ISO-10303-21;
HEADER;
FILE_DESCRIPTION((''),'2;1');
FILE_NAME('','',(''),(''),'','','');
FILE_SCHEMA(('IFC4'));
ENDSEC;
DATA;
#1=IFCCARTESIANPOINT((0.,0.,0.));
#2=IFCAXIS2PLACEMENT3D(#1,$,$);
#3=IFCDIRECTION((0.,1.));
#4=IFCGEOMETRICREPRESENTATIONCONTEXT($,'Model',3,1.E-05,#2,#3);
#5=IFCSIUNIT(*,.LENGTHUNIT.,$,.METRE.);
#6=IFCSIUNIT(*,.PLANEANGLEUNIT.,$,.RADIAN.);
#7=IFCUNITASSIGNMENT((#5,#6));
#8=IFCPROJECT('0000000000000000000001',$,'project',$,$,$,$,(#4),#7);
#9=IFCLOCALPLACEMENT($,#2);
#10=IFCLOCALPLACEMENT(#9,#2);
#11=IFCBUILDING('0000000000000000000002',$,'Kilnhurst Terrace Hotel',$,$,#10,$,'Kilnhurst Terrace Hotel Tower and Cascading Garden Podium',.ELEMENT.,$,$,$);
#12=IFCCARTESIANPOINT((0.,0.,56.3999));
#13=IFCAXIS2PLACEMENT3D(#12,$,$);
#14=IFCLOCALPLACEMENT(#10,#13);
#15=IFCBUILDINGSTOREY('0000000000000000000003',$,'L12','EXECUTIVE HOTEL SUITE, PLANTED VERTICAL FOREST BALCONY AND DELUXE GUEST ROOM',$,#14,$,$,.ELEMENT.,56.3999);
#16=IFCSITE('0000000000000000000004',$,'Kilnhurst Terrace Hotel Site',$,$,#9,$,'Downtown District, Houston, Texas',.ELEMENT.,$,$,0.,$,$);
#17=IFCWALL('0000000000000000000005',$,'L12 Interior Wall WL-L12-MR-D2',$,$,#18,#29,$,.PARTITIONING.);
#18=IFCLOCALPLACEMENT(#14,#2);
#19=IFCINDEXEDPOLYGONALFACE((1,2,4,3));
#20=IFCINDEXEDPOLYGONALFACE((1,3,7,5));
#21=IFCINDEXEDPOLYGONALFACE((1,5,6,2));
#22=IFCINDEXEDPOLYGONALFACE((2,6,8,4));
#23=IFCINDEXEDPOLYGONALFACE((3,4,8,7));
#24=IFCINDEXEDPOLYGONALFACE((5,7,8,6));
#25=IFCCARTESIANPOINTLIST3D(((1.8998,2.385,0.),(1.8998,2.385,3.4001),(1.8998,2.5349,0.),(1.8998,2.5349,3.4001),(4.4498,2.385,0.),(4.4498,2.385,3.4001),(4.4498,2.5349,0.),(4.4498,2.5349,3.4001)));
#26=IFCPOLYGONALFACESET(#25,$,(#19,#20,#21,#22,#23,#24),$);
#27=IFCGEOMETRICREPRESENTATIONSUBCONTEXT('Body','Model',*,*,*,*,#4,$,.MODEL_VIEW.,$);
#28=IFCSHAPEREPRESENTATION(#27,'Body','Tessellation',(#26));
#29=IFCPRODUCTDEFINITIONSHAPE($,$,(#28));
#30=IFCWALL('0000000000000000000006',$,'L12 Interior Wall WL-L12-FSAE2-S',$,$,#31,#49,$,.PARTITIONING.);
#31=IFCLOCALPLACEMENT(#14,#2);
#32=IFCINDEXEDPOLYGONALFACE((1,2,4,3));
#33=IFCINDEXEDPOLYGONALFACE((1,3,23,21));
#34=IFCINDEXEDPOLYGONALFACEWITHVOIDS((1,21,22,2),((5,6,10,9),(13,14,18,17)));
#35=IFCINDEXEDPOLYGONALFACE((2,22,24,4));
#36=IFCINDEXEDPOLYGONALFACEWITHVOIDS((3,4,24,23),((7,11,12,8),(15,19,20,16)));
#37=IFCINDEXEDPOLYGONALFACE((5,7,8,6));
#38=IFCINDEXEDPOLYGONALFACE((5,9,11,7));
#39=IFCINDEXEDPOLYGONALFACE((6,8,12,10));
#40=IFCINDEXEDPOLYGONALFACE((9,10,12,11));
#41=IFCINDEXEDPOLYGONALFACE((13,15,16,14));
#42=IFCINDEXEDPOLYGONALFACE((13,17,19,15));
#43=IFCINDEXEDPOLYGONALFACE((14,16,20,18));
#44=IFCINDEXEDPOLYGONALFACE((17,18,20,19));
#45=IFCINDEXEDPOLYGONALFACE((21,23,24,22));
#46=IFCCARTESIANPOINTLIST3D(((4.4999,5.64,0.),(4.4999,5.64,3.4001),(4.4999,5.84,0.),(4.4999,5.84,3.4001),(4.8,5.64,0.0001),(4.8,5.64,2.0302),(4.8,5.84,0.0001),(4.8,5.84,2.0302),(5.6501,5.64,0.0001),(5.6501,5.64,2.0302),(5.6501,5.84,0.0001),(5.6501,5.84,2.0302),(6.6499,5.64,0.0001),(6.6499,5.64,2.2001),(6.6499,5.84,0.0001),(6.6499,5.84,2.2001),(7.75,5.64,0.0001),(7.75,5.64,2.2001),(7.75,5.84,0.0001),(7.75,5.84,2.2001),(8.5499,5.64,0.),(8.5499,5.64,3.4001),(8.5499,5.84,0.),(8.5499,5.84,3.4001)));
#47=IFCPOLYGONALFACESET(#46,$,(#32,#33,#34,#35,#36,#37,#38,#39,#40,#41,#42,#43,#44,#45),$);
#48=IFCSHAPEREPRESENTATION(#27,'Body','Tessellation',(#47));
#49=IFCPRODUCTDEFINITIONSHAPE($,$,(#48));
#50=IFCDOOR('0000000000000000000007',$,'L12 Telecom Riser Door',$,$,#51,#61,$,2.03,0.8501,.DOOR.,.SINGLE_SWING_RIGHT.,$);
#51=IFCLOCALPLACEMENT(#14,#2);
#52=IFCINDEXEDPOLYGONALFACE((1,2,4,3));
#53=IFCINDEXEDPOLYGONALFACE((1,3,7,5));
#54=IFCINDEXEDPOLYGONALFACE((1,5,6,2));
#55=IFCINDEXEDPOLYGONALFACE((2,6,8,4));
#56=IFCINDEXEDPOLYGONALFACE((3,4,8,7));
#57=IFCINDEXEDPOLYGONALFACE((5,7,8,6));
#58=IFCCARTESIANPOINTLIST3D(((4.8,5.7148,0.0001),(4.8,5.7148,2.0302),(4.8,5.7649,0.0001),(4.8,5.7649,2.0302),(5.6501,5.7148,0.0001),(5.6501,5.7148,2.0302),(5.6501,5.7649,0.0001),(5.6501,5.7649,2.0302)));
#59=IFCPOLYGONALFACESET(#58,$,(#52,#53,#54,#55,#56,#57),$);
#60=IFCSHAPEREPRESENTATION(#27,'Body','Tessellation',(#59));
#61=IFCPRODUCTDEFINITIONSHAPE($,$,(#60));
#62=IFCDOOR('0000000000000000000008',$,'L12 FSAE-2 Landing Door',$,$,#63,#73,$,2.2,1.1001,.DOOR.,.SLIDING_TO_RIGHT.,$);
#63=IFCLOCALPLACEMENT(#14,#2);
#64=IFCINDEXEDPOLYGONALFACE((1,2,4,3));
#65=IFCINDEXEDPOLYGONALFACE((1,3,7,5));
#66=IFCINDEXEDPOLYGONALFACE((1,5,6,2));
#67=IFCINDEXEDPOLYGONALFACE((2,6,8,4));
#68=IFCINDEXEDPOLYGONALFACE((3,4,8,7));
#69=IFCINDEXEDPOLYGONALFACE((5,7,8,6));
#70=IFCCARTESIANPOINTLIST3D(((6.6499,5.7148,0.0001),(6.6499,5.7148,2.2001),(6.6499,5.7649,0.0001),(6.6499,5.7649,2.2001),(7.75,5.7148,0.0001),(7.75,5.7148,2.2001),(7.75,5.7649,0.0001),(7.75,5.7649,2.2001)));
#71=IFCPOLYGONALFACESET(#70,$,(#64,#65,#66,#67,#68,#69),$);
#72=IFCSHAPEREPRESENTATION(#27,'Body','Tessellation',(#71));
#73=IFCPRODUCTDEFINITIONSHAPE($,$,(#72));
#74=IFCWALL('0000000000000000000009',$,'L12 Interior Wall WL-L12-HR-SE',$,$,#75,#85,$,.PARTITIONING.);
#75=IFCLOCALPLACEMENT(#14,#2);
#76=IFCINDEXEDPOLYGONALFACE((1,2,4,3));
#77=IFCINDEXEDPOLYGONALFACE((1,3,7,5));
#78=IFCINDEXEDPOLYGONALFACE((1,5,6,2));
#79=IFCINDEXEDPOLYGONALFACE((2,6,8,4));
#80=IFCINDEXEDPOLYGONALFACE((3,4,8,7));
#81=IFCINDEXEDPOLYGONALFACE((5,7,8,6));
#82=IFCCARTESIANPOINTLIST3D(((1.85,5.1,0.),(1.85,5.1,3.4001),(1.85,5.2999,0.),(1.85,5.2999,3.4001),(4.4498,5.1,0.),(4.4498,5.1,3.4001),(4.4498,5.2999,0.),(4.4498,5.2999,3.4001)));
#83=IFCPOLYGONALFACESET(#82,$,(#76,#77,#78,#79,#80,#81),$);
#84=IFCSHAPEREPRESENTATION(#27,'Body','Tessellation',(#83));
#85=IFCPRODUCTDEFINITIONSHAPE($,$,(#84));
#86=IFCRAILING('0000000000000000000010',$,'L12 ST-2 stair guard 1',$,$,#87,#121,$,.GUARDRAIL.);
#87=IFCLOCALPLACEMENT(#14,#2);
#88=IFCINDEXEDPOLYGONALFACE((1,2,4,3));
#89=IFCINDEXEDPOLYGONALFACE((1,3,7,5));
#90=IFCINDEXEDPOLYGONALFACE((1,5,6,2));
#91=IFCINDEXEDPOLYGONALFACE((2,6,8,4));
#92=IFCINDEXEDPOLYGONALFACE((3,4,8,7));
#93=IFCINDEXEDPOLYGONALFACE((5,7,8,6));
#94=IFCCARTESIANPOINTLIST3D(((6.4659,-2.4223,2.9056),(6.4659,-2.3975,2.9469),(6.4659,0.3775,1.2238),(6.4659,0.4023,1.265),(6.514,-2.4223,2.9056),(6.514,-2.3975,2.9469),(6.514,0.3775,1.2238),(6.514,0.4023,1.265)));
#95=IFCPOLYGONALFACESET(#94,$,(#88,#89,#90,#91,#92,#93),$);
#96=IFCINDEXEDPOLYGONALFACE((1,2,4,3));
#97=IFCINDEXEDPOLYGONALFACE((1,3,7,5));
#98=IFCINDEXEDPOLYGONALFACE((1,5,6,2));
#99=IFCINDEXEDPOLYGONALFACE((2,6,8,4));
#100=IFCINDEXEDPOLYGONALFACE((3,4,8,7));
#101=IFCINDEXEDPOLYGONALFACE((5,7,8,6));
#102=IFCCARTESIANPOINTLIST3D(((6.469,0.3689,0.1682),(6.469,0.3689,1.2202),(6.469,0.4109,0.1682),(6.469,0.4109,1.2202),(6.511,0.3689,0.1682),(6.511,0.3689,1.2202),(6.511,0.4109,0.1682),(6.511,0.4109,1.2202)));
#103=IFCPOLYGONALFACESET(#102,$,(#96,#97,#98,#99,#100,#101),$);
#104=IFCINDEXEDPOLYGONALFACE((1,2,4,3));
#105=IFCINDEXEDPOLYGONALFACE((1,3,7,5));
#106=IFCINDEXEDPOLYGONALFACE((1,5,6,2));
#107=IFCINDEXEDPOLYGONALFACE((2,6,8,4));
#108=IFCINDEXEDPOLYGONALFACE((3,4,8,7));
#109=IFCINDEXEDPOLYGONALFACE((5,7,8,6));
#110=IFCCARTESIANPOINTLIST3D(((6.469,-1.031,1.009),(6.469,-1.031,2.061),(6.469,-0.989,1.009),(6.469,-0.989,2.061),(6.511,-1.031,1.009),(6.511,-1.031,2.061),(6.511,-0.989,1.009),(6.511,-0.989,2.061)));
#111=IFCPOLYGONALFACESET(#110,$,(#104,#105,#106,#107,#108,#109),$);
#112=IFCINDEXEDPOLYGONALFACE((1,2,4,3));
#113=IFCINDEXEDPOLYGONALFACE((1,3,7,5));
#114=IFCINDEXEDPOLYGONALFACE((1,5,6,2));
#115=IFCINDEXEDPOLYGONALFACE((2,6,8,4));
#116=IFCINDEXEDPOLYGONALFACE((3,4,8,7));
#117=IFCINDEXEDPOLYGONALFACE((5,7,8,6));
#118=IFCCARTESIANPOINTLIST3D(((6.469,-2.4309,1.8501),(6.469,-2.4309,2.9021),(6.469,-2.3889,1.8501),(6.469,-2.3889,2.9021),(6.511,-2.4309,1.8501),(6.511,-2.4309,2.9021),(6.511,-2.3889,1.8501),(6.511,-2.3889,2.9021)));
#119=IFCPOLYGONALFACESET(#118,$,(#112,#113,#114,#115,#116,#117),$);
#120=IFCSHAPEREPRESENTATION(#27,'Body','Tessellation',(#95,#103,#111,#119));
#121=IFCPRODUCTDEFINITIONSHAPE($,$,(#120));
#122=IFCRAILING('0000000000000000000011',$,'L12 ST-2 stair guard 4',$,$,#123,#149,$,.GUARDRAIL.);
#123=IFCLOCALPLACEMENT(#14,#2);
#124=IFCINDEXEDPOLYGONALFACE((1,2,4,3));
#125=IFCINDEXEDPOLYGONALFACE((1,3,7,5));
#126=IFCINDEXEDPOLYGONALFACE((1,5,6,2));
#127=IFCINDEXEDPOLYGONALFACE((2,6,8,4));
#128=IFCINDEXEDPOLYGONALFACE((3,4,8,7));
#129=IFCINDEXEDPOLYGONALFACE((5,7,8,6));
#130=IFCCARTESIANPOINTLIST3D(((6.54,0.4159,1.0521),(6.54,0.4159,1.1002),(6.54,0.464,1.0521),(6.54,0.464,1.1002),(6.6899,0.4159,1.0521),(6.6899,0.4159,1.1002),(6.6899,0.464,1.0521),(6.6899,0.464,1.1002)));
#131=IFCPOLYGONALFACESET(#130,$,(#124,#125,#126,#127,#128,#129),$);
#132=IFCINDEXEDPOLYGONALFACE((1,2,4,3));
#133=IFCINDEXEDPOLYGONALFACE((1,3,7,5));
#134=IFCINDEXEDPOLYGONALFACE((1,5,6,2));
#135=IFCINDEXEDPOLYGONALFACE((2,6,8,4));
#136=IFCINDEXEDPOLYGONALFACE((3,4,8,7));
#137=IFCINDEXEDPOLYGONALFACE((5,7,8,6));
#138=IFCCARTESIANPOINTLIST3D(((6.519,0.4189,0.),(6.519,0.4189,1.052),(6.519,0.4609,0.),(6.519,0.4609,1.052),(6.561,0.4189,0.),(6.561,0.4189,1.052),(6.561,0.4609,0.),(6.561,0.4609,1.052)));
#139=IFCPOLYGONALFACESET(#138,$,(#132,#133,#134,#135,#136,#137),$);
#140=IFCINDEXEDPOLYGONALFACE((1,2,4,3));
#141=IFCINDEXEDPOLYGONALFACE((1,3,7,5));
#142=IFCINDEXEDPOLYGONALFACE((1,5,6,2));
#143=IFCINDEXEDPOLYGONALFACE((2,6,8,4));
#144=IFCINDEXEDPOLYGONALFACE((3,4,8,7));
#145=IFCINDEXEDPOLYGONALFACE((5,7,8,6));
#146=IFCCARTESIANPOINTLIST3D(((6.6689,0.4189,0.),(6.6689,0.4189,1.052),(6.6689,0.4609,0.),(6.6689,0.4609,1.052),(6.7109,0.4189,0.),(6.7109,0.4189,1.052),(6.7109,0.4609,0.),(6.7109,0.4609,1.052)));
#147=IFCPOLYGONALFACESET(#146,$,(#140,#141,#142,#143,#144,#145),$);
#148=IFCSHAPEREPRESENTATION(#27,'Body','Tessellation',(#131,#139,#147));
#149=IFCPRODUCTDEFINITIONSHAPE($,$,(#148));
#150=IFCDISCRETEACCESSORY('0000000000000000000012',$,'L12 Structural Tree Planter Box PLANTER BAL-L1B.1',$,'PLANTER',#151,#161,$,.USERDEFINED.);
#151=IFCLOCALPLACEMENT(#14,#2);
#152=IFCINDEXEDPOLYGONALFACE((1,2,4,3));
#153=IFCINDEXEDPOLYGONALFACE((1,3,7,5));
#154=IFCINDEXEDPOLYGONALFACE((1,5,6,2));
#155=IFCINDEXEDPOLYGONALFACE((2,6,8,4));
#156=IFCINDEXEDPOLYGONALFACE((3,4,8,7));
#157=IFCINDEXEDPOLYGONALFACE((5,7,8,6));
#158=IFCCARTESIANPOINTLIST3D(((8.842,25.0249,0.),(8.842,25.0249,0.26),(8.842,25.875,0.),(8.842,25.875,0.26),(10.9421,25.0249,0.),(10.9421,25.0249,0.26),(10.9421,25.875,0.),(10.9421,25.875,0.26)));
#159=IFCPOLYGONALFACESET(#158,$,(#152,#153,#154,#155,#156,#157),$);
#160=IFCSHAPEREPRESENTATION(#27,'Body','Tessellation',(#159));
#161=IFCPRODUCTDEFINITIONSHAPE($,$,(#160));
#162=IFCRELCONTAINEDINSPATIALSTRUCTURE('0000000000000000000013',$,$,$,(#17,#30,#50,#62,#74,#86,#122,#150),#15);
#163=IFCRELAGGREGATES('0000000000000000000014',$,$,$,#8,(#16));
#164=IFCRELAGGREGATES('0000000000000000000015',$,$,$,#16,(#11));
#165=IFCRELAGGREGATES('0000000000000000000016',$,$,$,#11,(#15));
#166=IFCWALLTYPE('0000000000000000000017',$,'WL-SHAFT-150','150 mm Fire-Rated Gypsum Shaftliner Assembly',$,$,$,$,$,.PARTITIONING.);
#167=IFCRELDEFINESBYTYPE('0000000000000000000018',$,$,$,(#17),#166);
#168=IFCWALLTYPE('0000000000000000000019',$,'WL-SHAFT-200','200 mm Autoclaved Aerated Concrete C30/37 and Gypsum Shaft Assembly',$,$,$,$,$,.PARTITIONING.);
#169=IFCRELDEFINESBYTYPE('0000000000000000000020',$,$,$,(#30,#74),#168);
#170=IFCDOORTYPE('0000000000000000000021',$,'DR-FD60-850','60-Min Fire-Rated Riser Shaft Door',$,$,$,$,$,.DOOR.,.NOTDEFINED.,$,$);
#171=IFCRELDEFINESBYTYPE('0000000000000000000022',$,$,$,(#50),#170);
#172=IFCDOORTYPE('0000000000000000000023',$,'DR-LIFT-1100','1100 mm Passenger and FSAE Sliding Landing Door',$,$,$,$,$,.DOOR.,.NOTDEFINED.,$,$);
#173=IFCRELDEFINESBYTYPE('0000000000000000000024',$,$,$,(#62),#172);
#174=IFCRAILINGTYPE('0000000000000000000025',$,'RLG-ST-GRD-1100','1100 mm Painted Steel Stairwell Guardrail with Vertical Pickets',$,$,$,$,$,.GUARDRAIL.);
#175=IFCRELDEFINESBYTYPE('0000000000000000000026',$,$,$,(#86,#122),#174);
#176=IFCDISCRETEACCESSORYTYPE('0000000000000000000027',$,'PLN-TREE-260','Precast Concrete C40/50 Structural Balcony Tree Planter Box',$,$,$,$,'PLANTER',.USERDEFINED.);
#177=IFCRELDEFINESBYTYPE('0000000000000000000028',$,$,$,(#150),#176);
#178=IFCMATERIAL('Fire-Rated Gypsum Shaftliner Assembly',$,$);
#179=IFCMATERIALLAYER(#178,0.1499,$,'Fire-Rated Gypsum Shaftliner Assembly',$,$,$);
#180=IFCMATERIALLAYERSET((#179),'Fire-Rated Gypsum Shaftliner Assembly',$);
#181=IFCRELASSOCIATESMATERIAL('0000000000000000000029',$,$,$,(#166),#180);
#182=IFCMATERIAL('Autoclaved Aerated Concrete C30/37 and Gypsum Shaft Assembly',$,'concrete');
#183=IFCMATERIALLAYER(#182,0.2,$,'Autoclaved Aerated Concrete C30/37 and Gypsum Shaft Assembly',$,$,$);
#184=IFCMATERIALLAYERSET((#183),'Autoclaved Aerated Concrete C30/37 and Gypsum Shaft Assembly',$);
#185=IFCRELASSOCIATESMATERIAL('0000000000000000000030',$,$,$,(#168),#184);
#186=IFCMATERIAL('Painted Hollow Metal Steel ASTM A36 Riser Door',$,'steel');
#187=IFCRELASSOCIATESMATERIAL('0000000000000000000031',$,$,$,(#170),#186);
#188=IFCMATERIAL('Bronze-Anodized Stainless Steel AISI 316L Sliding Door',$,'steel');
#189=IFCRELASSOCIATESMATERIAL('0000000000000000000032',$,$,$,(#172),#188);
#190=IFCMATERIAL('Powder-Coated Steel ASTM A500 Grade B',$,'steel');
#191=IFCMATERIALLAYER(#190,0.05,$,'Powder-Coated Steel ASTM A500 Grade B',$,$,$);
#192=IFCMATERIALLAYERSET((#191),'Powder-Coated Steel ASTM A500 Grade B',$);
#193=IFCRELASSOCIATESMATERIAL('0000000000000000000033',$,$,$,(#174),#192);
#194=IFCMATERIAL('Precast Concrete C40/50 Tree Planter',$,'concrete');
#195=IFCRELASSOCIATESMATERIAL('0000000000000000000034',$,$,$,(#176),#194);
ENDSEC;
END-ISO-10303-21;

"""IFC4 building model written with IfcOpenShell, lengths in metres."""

from ifc_helpers import new_model, si_unit, direction, frame, frame_2d, origin, origin_2d, place, context, subcontext, project, spatial, rectangle, extrude, material, layer, layer_set, type_object, element, fill, save


model = new_model("IFC4")

# Units and contexts
model_context = context("Model", 3, precision=1e-05, world=origin(), true_north=direction((0.0, 1.0)))
body_context = subcontext(model_context, "Body", "Model", "MODEL_VIEW")
ifc_project = project(units=[si_unit("LENGTHUNIT", "METRE"), si_unit("PLANEANGLEUNIT", "RADIAN")], contexts=[model_context])

# Site, building, storey
site_placement = place(None, origin())
site = spatial("IfcSite", under=ifc_project, at=site_placement, Name="Kilnhurst Terrace Hotel Site", LongName="Downtown District, Houston, Texas", CompositionType="ELEMENT", RefElevation=0.0)
building_placement = place(site_placement, origin())
building = spatial("IfcBuilding", under=site, at=building_placement, Name="Kilnhurst Terrace Hotel", LongName="Kilnhurst Terrace Hotel Tower and Cascading Garden Podium", CompositionType="ELEMENT")
storey_placement = place(building_placement, frame((0.0, 0.0, 56.3999)))
storey = spatial("IfcBuildingStorey", under=building, at=storey_placement, Name="L12", Description="EXECUTIVE HOTEL SUITE, PLANTED VERTICAL FOREST BALCONY AND DELUXE GUEST ROOM", CompositionType="ELEMENT", Elevation=56.3999)

# Wall
ifc_material_1 = material(Name="Fire-Rated Gypsum Shaftliner Assembly")
ifc_layer_1 = layer(ifc_material_1, 0.1499, Name="Fire-Rated Gypsum Shaftliner Assembly")
ifc_layer_set_1 = layer_set([ifc_layer_1], Name="Fire-Rated Gypsum Shaftliner Assembly")
wall_type_1 = type_object("IfcWallType", Name="WL-SHAFT-150", Description="150 mm Fire-Rated Gypsum Shaftliner Assembly", PredefinedType="PARTITIONING", material=ifc_layer_set_1)
for number, where, z_axis, x_axis, name in (
    (1, (1.8999, 2.46, 0.0), (0.0, 0.0, 1.0), (1.0, 0.0, 0.0), "L12 Interior Wall WL-L12-MR-D2"),
):
    element("IfcWall", number, at=place(storey_placement, frame(where, z_axis=z_axis, x_axis=x_axis)), inside=storey, type_object=wall_type_1, Name=name, PredefinedType="PARTITIONING", context=body_context, shape_type="SweptSolid", body=[
        extrude(rectangle(XDim=2.55, YDim=0.1499, at=frame_2d((1.2749, 0.0))), origin(), (0.0, 0.0, 1.0), 3.4001),
    ])

# Wall, openings, doors
ifc_material_2 = material(Name="Autoclaved Aerated Concrete C30/37 and Gypsum Shaft Assembly", Category="concrete")
ifc_layer_2 = layer(ifc_material_2, 0.2, Name="Autoclaved Aerated Concrete C30/37 and Gypsum Shaft Assembly")
ifc_layer_set_2 = layer_set([ifc_layer_2], Name="Autoclaved Aerated Concrete C30/37 and Gypsum Shaft Assembly")
wall_type_2 = type_object("IfcWallType", Name="WL-SHAFT-200", Description="200 mm Autoclaved Aerated Concrete C30/37 and Gypsum Shaft Assembly", PredefinedType="PARTITIONING", material=ifc_layer_set_2)
wall_1_placement = place(storey_placement, frame((4.5, 5.74, 0.0), z_axis=(0.0, 0.0, 1.0), x_axis=(1.0, 0.0, 0.0)))
wall_1 = element("IfcWall", 2, at=wall_1_placement, inside=storey, type_object=wall_type_2, Name="L12 Interior Wall WL-L12-FSAE2-S", PredefinedType="PARTITIONING", context=body_context, shape_type="SweptSolid", body=[
    extrude(rectangle(XDim=4.05, YDim=0.2, at=frame_2d((2.0249, 0.0))), origin(), (0.0, 0.0, 1.0), 3.4001),
])
opening_1_placement = place(wall_1_placement, frame((0.3, 0.0, 0.0)))
opening_1 = element("IfcOpeningElement", 3, at=opening_1_placement, cuts=wall_1, PredefinedType="OPENING", context=body_context, shape_type="SweptSolid", body=[
    extrude(rectangle(XDim=0.8501, YDim=2.03, at=frame_2d((0.425, 1.0151))), frame((0.0, 0.1099, 0.0), z_axis=(0.0, -1.0, 0.0), x_axis=(1.0, 0.0, 0.0)), (0.0, 0.0, 1.0), 0.22),
])
opening_2_placement = place(wall_1_placement, frame((2.1499, 0.0, 0.0)))
opening_2 = element("IfcOpeningElement", 4, at=opening_2_placement, cuts=wall_1, PredefinedType="OPENING", context=body_context, shape_type="SweptSolid", body=[
    extrude(rectangle(XDim=1.1001, YDim=2.2, at=frame_2d((0.55, 1.1001))), frame((0.0, 0.1099, 0.0), z_axis=(0.0, -1.0, 0.0), x_axis=(1.0, 0.0, 0.0)), (0.0, 0.0, 1.0), 0.22),
])
ifc_material_3 = material(Name="Painted Hollow Metal Steel ASTM A36 Riser Door", Category="steel")
door_type_1 = type_object("IfcDoorType", Name="DR-FD60-850", Description="60-Min Fire-Rated Riser Shaft Door", OperationType="NOTDEFINED", PredefinedType="DOOR", material=ifc_material_3)
door_1_placement = place(opening_1_placement, origin())
door_1 = element("IfcDoor", 5, at=door_1_placement, inside=storey, type_object=door_type_1, Name="L12 Telecom Riser Door", OperationType="SINGLE_SWING_RIGHT", OverallHeight=2.03, OverallWidth=0.8501, PredefinedType="DOOR", context=body_context, shape_type="SweptSolid", body=[
    extrude(rectangle(XDim=0.8501, YDim=2.03, at=frame_2d((0.425, 1.0151))), frame((0.0, 0.0249, 0.0), z_axis=(0.0, -1.0, 0.0), x_axis=(1.0, 0.0, 0.0)), (0.0, 0.0, 1.0), 0.05),
])
fill(opening_1, door_1)
ifc_material_4 = material(Name="Bronze-Anodized Stainless Steel AISI 316L Sliding Door", Category="steel")
door_type_2 = type_object("IfcDoorType", Name="DR-LIFT-1100", Description="1100 mm Passenger and FSAE Sliding Landing Door", OperationType="NOTDEFINED", PredefinedType="DOOR", material=ifc_material_4)
door_2_placement = place(opening_2_placement, origin())
door_2 = element("IfcDoor", 6, at=door_2_placement, inside=storey, type_object=door_type_2, Name="L12 FSAE-2 Landing Door", OperationType="SLIDING_TO_RIGHT", OverallHeight=2.2, OverallWidth=1.1001, PredefinedType="DOOR", context=body_context, shape_type="SweptSolid", body=[
    extrude(rectangle(XDim=1.1001, YDim=2.2, at=frame_2d((0.55, 1.1001))), frame((0.0, 0.0249, 0.0), z_axis=(0.0, -1.0, 0.0), x_axis=(1.0, 0.0, 0.0)), (0.0, 0.0, 1.0), 0.05),
])
fill(opening_2, door_2)

# Wall
wall_2_placement = place(storey_placement, frame((1.8501, 5.2, 0.0), z_axis=(0.0, 0.0, 1.0), x_axis=(1.0, 0.0, 0.0)))
element("IfcWall", 7, at=wall_2_placement, inside=storey, type_object=wall_type_2, Name="L12 Interior Wall WL-L12-HR-SE", PredefinedType="PARTITIONING", context=body_context, shape_type="SweptSolid", body=[
    extrude(rectangle(XDim=2.5999, YDim=0.2, at=frame_2d((1.2998, 0.0))), origin(), (0.0, 0.0, 1.0), 3.4001),
])

# Railings
ifc_material_5 = material(Name="Powder-Coated Steel ASTM A500 Grade B", Category="steel")
ifc_layer_3 = layer(ifc_material_5, 0.05, Name="Powder-Coated Steel ASTM A500 Grade B")
ifc_layer_set_3 = layer_set([ifc_layer_3], Name="Powder-Coated Steel ASTM A500 Grade B")
railing_type = type_object("IfcRailingType", Name="RLG-ST-GRD-1100", Description="1100 mm Painted Steel Stairwell Guardrail with Vertical Pickets", PredefinedType="GUARDRAIL", material=ifc_layer_set_3)
railing_1_placement = place(storey_placement, frame((6.49, 0.3899, 0.1682)))
element("IfcRailing", 8, at=railing_1_placement, inside=storey, type_object=railing_type, Name="L12 ST-2 stair guard 1", PredefinedType="GUARDRAIL", context=body_context, shape_type="SweptSolid", body=[
    extrude(rectangle(XDim=0.0481, YDim=0.0481, at=origin_2d()), frame((0.0, 0.0, 1.0762), z_axis=(0.0, -0.857222, 0.514946), x_axis=(1.0, 0.0, 0.0)), (0.0, 0.0, 1.0), 3.2661),
    extrude(rectangle(XDim=0.042, YDim=0.042, at=origin_2d()), origin(), (0.0, 0.0, 1.0), 1.052),
    extrude(rectangle(XDim=0.042, YDim=0.042, at=origin_2d()), frame((0.0, -1.3999, 0.8408)), (0.0, 0.0, 1.0), 1.052),
    extrude(rectangle(XDim=0.042, YDim=0.042, at=origin_2d()), frame((0.0, -2.7998, 1.6819)), (0.0, 0.0, 1.0), 1.052),
])
railing_2_placement = place(storey_placement, frame((6.54, 0.4399, 0.0)))
element("IfcRailing", 9, at=railing_2_placement, inside=storey, type_object=railing_type, Name="L12 ST-2 stair guard 4", PredefinedType="GUARDRAIL", context=body_context, shape_type="SweptSolid", body=[
    extrude(rectangle(XDim=0.0481, YDim=0.0481, at=origin_2d()), frame((0.0, 0.0, 1.0762), z_axis=(1.0, 0.0, 0.0), x_axis=(0.0, 1.0, 0.0)), (0.0, 0.0, 1.0), 0.1499),
    extrude(rectangle(XDim=0.042, YDim=0.042, at=origin_2d()), origin(), (0.0, 0.0, 1.0), 1.052),
    extrude(rectangle(XDim=0.042, YDim=0.042, at=origin_2d()), frame((0.1499, 0.0, 0.0)), (0.0, 0.0, 1.0), 1.052),
])

# Discrete accessory
ifc_material_6 = material(Name="Precast Concrete C40/50 Tree Planter", Category="concrete")
discrete_accessory_type = type_object("IfcDiscreteAccessoryType", Name="PLN-TREE-260", Description="Precast Concrete C40/50 Structural Balcony Tree Planter Box", ElementType="PLANTER", PredefinedType="USERDEFINED", material=ifc_material_6)
discrete_accessory_placement = place(storey_placement, frame((9.8921, 25.45, 0.0), z_axis=(0.0, 0.0, 1.0), x_axis=(-1.0, 0.0, 0.0)))
element("IfcDiscreteAccessory", 10, at=discrete_accessory_placement, inside=storey, type_object=discrete_accessory_type, Name="L12 Structural Tree Planter Box PLANTER BAL-L1B.1", ObjectType="PLANTER", PredefinedType="USERDEFINED", context=body_context, shape_type="SweptSolid", body=[
    extrude(rectangle(XDim=2.1001, YDim=0.8501, at=origin_2d()), origin(), (0.0, 0.0, 1.0), 0.26),
])

save(model, "model.ifc")
